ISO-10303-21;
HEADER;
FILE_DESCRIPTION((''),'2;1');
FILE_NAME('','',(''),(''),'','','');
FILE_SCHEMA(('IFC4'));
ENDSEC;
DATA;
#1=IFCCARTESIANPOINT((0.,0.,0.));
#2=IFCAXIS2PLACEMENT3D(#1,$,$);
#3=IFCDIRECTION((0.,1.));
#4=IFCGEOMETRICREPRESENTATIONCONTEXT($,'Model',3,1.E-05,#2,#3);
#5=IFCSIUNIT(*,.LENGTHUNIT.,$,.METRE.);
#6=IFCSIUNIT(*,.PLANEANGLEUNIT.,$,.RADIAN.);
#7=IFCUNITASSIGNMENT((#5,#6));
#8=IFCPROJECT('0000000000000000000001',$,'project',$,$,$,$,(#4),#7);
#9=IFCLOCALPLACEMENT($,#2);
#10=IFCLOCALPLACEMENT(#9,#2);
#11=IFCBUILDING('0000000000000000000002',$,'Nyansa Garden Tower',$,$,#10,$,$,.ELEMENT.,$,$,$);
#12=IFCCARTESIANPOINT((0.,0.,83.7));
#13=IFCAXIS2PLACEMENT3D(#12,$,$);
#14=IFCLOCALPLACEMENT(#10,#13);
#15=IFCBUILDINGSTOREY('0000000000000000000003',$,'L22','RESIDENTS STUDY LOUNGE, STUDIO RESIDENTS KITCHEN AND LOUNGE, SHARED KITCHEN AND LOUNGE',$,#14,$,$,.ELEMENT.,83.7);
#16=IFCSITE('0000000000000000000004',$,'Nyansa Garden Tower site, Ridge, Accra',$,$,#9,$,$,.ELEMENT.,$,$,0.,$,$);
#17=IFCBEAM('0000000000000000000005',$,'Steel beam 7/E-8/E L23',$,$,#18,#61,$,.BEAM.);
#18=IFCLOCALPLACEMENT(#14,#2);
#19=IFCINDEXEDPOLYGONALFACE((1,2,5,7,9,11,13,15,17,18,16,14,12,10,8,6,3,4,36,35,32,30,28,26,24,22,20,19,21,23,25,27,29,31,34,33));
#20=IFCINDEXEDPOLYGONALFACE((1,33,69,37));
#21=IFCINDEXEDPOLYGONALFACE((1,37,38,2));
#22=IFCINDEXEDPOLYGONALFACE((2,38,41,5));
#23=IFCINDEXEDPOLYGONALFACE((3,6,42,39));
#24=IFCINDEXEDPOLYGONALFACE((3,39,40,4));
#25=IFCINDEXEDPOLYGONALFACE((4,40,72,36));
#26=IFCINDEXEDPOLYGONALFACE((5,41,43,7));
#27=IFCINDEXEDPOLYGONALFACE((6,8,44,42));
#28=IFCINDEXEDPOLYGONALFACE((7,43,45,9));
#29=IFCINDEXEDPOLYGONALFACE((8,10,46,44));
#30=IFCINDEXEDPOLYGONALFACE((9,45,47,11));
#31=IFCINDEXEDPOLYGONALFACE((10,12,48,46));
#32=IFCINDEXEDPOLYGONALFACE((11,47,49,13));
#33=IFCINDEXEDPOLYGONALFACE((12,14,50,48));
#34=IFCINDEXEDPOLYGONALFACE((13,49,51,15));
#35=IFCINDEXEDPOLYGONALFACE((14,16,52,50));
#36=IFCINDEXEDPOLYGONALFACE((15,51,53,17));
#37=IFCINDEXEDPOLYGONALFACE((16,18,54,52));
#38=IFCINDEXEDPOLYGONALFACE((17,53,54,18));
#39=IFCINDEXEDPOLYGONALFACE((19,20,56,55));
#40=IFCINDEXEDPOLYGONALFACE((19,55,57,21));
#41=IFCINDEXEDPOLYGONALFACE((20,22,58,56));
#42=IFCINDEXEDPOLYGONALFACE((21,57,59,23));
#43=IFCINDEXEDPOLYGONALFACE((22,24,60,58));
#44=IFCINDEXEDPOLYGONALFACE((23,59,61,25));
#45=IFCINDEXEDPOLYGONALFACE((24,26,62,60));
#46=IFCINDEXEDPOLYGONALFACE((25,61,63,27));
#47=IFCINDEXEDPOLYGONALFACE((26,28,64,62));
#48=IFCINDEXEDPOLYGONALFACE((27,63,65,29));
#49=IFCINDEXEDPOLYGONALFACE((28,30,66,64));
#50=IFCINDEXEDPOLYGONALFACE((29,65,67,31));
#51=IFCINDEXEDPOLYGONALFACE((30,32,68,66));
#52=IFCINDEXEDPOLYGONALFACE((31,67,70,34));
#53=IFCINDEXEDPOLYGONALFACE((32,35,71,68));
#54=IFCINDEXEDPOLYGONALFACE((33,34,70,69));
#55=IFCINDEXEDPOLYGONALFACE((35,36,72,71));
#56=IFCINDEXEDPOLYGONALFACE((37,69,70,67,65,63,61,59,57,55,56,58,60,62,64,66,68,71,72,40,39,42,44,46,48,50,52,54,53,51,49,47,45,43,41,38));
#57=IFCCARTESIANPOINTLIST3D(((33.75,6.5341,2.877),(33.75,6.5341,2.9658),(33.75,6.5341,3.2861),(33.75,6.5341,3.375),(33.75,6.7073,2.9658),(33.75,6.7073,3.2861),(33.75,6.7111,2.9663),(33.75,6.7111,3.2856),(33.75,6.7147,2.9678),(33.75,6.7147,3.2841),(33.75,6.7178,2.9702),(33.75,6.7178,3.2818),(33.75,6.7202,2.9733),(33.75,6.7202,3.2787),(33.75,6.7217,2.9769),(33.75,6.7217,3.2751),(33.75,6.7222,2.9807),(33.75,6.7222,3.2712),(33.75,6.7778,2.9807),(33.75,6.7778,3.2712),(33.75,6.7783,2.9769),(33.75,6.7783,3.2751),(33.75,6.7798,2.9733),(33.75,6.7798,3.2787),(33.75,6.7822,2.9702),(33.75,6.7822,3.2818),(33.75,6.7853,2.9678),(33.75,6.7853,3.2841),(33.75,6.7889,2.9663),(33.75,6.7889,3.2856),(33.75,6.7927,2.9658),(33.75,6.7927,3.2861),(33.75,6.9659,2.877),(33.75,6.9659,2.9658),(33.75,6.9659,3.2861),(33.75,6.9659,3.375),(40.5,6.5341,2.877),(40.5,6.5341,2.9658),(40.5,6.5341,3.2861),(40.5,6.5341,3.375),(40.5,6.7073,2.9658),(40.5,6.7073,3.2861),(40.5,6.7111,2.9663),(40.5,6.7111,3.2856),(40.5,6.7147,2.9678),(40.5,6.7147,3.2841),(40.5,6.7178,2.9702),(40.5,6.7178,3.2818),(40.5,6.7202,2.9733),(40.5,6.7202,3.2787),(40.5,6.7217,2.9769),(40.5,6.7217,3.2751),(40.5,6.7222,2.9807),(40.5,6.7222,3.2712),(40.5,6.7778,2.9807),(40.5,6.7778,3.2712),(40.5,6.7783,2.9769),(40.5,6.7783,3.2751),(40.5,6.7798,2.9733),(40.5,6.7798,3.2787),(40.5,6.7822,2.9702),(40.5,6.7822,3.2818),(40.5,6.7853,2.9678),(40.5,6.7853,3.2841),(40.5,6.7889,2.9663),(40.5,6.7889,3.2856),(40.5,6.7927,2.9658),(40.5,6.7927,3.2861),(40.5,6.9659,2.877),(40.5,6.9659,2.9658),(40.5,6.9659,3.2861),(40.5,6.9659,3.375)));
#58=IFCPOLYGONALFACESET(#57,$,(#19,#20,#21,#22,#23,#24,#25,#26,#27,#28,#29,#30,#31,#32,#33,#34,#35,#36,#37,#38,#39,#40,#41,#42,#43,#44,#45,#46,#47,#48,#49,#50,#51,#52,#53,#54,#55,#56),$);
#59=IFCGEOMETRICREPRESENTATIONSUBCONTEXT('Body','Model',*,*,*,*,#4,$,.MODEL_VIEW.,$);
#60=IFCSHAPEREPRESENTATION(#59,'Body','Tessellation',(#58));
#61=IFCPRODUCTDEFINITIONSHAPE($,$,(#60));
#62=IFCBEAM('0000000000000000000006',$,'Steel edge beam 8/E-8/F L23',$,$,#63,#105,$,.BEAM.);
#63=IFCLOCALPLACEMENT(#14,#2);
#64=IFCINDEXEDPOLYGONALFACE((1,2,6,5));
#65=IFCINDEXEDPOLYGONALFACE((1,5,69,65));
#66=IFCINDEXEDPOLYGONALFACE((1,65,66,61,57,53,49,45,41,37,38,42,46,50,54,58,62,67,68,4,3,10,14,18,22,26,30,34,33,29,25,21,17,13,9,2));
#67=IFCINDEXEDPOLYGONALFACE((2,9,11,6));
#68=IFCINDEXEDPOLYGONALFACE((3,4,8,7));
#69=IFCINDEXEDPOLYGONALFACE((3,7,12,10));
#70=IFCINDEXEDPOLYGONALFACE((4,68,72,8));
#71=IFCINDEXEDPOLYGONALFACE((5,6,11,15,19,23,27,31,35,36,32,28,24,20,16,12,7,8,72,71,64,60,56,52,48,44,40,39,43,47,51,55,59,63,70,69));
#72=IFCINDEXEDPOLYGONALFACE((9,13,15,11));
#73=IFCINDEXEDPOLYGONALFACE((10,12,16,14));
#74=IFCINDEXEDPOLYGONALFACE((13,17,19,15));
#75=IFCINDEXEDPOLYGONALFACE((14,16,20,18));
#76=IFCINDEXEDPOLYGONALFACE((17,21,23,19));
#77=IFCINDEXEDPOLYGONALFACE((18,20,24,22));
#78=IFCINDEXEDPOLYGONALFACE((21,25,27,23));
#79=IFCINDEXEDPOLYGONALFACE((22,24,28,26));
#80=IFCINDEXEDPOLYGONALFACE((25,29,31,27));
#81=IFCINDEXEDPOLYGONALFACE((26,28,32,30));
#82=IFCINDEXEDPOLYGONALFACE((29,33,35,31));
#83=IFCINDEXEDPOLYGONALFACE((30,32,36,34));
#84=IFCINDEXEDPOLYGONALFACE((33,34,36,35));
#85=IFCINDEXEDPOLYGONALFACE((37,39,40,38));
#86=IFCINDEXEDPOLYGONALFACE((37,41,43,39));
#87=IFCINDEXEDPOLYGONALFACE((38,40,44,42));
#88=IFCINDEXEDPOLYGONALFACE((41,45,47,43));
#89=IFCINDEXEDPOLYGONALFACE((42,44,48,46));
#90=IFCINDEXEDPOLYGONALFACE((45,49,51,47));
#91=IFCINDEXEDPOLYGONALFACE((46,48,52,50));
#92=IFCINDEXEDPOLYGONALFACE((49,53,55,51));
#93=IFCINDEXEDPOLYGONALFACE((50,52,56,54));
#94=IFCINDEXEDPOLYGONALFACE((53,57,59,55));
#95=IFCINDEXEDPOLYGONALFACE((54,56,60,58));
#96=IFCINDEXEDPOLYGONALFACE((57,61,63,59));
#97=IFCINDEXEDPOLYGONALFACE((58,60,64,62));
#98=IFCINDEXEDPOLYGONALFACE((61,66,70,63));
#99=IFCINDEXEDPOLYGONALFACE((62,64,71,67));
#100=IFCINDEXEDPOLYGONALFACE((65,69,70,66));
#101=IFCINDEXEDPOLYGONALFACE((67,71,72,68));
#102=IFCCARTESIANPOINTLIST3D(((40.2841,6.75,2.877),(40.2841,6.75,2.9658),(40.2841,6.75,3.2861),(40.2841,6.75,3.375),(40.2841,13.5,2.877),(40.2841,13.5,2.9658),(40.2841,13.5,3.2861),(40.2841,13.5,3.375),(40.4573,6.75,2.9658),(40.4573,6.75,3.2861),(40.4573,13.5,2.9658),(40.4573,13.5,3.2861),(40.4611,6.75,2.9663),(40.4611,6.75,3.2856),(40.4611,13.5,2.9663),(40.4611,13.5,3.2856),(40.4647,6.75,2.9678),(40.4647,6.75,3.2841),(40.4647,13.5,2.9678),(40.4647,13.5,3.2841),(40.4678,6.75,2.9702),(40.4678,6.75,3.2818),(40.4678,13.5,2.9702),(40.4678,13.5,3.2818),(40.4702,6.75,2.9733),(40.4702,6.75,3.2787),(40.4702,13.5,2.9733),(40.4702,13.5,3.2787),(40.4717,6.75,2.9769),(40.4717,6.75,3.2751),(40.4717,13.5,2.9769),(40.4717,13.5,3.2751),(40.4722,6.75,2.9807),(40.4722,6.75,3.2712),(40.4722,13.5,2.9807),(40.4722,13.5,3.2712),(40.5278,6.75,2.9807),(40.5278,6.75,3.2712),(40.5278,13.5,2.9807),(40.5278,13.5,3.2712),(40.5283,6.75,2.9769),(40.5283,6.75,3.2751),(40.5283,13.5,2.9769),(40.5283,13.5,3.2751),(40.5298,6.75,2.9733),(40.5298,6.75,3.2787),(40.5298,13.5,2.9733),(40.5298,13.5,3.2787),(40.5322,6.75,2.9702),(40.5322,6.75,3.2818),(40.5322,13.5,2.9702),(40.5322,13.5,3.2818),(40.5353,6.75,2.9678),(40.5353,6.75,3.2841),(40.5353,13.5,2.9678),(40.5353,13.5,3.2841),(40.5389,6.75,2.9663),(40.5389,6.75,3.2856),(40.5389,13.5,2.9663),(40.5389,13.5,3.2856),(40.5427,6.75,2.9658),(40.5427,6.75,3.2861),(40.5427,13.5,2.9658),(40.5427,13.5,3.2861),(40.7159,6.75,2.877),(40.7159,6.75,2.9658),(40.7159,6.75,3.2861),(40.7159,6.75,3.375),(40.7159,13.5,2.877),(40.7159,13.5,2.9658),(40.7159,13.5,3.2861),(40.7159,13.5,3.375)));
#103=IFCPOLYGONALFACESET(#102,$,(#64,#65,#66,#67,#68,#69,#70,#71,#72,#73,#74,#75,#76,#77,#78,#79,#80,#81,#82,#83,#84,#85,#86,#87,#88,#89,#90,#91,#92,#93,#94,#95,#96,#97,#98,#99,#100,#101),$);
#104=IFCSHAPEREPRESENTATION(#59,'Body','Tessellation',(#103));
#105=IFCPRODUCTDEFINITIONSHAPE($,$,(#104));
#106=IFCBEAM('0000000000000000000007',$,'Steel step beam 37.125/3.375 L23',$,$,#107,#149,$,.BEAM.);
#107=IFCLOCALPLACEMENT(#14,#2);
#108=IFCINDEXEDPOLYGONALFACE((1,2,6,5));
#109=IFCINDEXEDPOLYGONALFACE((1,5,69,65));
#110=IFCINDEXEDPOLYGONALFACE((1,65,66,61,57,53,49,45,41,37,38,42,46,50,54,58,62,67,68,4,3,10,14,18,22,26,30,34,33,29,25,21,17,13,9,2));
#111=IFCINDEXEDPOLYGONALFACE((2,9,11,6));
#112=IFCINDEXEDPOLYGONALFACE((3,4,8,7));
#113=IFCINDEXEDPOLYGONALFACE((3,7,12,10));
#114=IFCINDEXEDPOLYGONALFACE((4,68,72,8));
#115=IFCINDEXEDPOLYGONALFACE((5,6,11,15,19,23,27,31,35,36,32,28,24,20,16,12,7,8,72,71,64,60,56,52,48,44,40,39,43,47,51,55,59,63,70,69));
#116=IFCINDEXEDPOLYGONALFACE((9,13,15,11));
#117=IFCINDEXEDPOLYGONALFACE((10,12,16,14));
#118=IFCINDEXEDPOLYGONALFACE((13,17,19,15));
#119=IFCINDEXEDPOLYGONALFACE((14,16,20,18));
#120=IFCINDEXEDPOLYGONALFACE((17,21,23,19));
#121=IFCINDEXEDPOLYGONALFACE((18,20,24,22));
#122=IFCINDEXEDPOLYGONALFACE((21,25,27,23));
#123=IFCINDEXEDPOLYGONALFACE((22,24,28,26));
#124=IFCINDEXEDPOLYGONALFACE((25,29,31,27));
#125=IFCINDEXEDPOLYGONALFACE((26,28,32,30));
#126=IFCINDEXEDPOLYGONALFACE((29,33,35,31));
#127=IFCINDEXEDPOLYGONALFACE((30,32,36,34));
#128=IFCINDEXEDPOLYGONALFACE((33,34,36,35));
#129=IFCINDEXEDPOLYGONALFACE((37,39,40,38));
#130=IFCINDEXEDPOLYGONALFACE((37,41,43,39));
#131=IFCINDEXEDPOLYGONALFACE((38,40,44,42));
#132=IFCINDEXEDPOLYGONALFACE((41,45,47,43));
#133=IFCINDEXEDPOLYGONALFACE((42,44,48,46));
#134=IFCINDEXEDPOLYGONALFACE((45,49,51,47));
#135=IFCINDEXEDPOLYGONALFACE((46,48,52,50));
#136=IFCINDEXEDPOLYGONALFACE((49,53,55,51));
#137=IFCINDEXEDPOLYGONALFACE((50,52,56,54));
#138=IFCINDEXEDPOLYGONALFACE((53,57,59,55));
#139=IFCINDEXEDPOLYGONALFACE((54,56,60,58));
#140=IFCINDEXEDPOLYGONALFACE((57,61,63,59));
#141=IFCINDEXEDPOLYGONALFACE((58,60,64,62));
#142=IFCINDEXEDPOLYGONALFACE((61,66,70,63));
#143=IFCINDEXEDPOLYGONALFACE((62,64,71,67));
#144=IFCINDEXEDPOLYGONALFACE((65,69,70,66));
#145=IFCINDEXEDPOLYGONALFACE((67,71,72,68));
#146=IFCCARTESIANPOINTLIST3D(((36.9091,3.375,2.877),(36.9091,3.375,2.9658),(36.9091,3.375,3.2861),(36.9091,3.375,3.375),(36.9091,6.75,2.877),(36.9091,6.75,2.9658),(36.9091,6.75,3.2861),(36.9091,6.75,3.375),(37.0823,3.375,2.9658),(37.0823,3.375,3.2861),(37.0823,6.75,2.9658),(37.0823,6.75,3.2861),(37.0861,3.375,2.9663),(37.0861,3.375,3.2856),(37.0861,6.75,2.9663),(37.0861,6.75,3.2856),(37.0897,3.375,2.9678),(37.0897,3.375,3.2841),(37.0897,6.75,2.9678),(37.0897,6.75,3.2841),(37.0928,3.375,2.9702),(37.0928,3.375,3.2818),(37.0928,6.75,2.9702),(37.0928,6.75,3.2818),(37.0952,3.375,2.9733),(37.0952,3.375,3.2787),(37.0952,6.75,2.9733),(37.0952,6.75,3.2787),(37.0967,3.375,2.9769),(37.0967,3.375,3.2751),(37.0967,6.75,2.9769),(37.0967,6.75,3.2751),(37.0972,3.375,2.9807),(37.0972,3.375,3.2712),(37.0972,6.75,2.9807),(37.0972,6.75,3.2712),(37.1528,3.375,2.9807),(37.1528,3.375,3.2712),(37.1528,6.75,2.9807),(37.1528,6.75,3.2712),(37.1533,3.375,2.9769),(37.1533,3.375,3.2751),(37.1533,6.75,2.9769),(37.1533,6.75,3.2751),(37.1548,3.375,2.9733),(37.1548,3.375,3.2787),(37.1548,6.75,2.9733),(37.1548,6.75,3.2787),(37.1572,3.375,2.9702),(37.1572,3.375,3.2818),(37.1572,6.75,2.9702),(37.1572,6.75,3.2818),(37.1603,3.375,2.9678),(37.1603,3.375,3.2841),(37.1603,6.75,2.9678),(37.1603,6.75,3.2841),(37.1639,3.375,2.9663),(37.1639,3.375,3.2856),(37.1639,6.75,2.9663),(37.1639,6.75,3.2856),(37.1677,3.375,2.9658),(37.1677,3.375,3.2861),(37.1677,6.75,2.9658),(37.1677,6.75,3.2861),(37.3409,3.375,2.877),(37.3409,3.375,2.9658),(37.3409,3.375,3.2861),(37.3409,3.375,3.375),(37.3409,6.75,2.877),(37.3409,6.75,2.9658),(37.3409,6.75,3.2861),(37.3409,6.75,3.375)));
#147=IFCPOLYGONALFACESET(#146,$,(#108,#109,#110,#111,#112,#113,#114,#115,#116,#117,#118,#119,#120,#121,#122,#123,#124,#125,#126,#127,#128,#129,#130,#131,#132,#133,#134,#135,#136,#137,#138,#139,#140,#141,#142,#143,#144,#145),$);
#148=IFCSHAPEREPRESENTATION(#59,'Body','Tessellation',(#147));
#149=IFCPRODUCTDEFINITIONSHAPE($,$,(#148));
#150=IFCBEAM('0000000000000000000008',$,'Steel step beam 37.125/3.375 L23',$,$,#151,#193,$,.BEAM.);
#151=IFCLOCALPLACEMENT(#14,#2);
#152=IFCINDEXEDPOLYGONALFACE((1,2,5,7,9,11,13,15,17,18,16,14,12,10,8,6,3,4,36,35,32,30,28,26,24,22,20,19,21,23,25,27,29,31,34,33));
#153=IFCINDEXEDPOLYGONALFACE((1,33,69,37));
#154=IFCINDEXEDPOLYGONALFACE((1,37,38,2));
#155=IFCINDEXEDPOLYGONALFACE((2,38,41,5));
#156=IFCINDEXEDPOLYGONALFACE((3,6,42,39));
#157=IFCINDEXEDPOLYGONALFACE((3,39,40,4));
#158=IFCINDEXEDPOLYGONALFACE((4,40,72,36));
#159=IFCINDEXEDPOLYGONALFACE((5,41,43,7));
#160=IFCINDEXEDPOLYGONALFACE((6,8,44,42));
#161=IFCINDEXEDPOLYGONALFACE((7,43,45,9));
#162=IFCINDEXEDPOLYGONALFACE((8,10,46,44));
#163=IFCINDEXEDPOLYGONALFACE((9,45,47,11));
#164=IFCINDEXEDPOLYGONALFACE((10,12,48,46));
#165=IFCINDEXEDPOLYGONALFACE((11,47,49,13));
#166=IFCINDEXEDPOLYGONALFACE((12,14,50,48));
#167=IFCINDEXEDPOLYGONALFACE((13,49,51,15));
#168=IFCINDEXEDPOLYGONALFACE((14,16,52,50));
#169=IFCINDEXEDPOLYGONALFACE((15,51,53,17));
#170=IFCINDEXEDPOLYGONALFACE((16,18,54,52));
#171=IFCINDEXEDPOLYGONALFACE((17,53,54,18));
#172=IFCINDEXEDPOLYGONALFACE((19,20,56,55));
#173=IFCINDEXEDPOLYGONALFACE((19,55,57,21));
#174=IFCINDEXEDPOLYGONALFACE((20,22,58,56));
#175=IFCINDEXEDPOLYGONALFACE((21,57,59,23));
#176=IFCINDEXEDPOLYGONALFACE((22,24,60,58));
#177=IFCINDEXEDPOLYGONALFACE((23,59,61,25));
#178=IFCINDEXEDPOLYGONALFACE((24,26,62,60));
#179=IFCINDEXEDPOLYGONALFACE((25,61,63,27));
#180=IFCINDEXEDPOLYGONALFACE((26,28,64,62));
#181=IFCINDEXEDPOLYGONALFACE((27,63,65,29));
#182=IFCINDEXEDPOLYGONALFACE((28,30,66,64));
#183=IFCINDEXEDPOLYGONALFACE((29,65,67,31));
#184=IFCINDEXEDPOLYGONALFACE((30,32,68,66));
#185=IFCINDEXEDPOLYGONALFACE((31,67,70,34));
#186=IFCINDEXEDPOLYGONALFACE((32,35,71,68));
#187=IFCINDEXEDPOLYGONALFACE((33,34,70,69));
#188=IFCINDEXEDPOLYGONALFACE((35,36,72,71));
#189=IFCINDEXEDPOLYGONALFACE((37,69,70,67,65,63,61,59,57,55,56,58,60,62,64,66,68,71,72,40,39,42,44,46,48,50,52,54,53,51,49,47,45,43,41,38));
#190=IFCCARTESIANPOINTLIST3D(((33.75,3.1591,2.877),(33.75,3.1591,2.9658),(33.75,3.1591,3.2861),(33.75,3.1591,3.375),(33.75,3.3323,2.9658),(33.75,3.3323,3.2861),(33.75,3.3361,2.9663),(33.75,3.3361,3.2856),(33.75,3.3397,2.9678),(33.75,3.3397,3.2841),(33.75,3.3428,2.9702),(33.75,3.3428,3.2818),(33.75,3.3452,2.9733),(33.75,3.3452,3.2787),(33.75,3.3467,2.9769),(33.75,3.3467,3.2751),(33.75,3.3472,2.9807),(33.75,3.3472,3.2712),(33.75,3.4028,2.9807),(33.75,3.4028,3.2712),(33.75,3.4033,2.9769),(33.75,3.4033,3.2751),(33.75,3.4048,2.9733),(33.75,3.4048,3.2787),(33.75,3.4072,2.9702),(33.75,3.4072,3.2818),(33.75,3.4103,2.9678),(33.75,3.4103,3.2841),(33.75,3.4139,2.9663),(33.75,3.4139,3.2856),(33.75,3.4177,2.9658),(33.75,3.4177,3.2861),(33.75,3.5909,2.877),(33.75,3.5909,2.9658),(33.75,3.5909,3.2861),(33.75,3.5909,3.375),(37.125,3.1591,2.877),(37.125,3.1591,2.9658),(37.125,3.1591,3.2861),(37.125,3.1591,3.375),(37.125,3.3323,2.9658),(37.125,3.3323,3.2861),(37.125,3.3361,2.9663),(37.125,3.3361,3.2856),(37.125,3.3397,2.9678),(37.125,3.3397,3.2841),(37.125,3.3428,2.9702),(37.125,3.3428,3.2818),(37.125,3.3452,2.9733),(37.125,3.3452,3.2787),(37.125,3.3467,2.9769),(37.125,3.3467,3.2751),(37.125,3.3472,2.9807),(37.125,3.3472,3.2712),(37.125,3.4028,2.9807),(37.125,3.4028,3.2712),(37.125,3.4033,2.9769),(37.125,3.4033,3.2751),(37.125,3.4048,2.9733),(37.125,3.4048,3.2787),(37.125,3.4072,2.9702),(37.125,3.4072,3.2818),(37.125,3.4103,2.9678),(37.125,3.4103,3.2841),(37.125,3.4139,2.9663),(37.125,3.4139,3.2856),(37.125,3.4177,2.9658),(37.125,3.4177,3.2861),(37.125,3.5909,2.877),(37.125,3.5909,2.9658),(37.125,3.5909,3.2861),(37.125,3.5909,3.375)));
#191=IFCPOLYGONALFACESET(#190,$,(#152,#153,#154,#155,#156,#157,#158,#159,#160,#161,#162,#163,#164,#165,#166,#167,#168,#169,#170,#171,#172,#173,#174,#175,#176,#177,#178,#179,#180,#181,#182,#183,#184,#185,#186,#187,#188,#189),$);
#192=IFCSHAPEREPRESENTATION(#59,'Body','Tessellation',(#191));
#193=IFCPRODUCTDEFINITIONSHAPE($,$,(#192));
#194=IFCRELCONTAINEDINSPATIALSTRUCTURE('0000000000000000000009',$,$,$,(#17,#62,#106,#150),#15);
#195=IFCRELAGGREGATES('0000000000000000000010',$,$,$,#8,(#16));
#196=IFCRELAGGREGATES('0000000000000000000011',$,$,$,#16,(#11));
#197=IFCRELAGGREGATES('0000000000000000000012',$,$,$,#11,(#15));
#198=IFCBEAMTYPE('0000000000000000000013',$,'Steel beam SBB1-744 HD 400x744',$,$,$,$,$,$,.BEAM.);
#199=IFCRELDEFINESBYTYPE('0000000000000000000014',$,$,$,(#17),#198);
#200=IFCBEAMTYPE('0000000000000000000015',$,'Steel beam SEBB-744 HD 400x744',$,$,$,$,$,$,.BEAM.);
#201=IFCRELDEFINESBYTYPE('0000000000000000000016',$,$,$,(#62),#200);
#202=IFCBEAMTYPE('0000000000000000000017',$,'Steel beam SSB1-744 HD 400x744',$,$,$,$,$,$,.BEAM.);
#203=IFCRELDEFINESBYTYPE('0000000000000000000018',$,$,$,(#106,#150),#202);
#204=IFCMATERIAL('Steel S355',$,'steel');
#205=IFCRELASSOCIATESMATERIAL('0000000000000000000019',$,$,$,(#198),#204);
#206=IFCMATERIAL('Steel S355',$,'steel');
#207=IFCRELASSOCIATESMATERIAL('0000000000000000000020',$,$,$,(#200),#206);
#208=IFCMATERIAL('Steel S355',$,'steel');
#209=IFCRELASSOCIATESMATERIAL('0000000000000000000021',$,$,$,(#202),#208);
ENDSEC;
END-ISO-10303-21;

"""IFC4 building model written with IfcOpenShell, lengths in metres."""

from ifc_helpers import new_model, si_unit, direction, frame, origin, origin_2d, place, context, subcontext, project, spatial, i_section, extrude, material, material_profile, profile_set, type_object, element, save


model = new_model("IFC4")

# Units and contexts
model_context = context("Model", 3, precision=1e-05, world=origin(), true_north=direction((0.0, 1.0)))
body_context = subcontext(model_context, "Body", "Model", "MODEL_VIEW")
ifc_project = project(units=[si_unit("LENGTHUNIT", "METRE"), si_unit("PLANEANGLEUNIT", "RADIAN")], contexts=[model_context])

# Site, building, storey
site_placement = place(None, origin())
site = spatial("IfcSite", under=ifc_project, at=site_placement, Name="Nyansa Garden Tower site, Ridge, Accra", CompositionType="ELEMENT", RefElevation=0.0)
building_placement = place(site_placement, origin())
building = spatial("IfcBuilding", under=site, at=building_placement, Name="Nyansa Garden Tower", CompositionType="ELEMENT")
storey_placement = place(building_placement, frame((0.0, 0.0, 83.7)))
storey = spatial("IfcBuildingStorey", under=building, at=storey_placement, Name="L22", Description="RESIDENTS STUDY LOUNGE, STUDIO RESIDENTS KITCHEN AND LOUNGE, SHARED KITCHEN AND LOUNGE", CompositionType="ELEMENT", Elevation=83.7)

# Beams
ifc_material_1 = material(Name="Steel S355", Category="steel")
ifc_material_profile_1 = material_profile(ifc_material_1, i_section(OverallWidth=0.4319, OverallDepth=0.498, WebThickness=0.0557, FlangeThickness=0.0889, FilletRadius=0.0149, at=origin_2d()), Name="HD 400x744")
ifc_profile_set_1 = profile_set([ifc_material_profile_1], Name="Steel S355")
beam_type_1 = type_object("IfcBeamType", Name="Steel beam SBB1-744 HD 400x744", PredefinedType="BEAM", material=ifc_profile_set_1)
for number, where, z_axis, x_axis, name in (
    (1, (33.75, 6.75, 3.126), (1.0, 0.0, 0.0), (0.0, 1.0, 0.0), "Steel beam 7/E-8/E L23"),
):
    element("IfcBeam", number, at=place(storey_placement, frame(where, z_axis=z_axis, x_axis=x_axis)), inside=storey, type_object=beam_type_1, Name=name, PredefinedType="BEAM", context=body_context, shape_type="SweptSolid", body=[
        extrude(i_section(OverallWidth=0.4319, OverallDepth=0.498, WebThickness=0.0557, FlangeThickness=0.0889, FilletRadius=0.0149, at=origin_2d()), origin(), (0.0, 0.0, 1.0), 6.75),
    ])
ifc_material_2 = material(Name="Steel S355", Category="steel")
ifc_material_profile_2 = material_profile(ifc_material_2, i_section(OverallWidth=0.4319, OverallDepth=0.498, WebThickness=0.0557, FlangeThickness=0.0889, FilletRadius=0.0149, at=origin_2d()), Name="HD 400x744")
ifc_profile_set_2 = profile_set([ifc_material_profile_2], Name="Steel S355")
beam_type_2 = type_object("IfcBeamType", Name="Steel beam SEBB-744 HD 400x744", PredefinedType="BEAM", material=ifc_profile_set_2)
beam_placement = place(storey_placement, frame((40.5, 6.75, 3.126), z_axis=(0.0, 1.0, 0.0), x_axis=(-1.0, 0.0, 0.0)))
element("IfcBeam", 2, at=beam_placement, inside=storey, type_object=beam_type_2, Name="Steel edge beam 8/E-8/F L23", PredefinedType="BEAM", context=body_context, shape_type="SweptSolid", body=[
    extrude(i_section(OverallWidth=0.4319, OverallDepth=0.498, WebThickness=0.0557, FlangeThickness=0.0889, FilletRadius=0.0149, at=origin_2d()), origin(), (0.0, 0.0, 1.0), 6.75),
])
ifc_material_3 = material(Name="Steel S355", Category="steel")
ifc_material_profile_3 = material_profile(ifc_material_3, i_section(OverallWidth=0.4319, OverallDepth=0.498, WebThickness=0.0557, FlangeThickness=0.0889, FilletRadius=0.0149, at=origin_2d()), Name="HD 400x744")
ifc_profile_set_3 = profile_set([ifc_material_profile_3], Name="Steel S355")
beam_type_3 = type_object("IfcBeamType", Name="Steel beam SSB1-744 HD 400x744", PredefinedType="BEAM", material=ifc_profile_set_3)
for number, where, z_axis, x_axis, name in (
    (3, (37.125, 3.375, 3.126), (0.0, 1.0, 0.0), (-1.0, 0.0, 0.0), "Steel step beam 37.125/3.375 L23"),
    (4, (37.125, 3.375, 3.126), (-1.0, 0.0, 0.0), (0.0, -1.0, 0.0), "Steel step beam 37.125/3.375 L23"),
):
    element("IfcBeam", number, at=place(storey_placement, frame(where, z_axis=z_axis, x_axis=x_axis)), inside=storey, type_object=beam_type_3, Name=name, PredefinedType="BEAM", context=body_context, shape_type="SweptSolid", body=[
        extrude(i_section(OverallWidth=0.4319, OverallDepth=0.498, WebThickness=0.0557, FlangeThickness=0.0889, FilletRadius=0.0149, at=origin_2d()), origin(), (0.0, 0.0, 1.0), 3.375),
    ])

save(model, "model.ifc")
